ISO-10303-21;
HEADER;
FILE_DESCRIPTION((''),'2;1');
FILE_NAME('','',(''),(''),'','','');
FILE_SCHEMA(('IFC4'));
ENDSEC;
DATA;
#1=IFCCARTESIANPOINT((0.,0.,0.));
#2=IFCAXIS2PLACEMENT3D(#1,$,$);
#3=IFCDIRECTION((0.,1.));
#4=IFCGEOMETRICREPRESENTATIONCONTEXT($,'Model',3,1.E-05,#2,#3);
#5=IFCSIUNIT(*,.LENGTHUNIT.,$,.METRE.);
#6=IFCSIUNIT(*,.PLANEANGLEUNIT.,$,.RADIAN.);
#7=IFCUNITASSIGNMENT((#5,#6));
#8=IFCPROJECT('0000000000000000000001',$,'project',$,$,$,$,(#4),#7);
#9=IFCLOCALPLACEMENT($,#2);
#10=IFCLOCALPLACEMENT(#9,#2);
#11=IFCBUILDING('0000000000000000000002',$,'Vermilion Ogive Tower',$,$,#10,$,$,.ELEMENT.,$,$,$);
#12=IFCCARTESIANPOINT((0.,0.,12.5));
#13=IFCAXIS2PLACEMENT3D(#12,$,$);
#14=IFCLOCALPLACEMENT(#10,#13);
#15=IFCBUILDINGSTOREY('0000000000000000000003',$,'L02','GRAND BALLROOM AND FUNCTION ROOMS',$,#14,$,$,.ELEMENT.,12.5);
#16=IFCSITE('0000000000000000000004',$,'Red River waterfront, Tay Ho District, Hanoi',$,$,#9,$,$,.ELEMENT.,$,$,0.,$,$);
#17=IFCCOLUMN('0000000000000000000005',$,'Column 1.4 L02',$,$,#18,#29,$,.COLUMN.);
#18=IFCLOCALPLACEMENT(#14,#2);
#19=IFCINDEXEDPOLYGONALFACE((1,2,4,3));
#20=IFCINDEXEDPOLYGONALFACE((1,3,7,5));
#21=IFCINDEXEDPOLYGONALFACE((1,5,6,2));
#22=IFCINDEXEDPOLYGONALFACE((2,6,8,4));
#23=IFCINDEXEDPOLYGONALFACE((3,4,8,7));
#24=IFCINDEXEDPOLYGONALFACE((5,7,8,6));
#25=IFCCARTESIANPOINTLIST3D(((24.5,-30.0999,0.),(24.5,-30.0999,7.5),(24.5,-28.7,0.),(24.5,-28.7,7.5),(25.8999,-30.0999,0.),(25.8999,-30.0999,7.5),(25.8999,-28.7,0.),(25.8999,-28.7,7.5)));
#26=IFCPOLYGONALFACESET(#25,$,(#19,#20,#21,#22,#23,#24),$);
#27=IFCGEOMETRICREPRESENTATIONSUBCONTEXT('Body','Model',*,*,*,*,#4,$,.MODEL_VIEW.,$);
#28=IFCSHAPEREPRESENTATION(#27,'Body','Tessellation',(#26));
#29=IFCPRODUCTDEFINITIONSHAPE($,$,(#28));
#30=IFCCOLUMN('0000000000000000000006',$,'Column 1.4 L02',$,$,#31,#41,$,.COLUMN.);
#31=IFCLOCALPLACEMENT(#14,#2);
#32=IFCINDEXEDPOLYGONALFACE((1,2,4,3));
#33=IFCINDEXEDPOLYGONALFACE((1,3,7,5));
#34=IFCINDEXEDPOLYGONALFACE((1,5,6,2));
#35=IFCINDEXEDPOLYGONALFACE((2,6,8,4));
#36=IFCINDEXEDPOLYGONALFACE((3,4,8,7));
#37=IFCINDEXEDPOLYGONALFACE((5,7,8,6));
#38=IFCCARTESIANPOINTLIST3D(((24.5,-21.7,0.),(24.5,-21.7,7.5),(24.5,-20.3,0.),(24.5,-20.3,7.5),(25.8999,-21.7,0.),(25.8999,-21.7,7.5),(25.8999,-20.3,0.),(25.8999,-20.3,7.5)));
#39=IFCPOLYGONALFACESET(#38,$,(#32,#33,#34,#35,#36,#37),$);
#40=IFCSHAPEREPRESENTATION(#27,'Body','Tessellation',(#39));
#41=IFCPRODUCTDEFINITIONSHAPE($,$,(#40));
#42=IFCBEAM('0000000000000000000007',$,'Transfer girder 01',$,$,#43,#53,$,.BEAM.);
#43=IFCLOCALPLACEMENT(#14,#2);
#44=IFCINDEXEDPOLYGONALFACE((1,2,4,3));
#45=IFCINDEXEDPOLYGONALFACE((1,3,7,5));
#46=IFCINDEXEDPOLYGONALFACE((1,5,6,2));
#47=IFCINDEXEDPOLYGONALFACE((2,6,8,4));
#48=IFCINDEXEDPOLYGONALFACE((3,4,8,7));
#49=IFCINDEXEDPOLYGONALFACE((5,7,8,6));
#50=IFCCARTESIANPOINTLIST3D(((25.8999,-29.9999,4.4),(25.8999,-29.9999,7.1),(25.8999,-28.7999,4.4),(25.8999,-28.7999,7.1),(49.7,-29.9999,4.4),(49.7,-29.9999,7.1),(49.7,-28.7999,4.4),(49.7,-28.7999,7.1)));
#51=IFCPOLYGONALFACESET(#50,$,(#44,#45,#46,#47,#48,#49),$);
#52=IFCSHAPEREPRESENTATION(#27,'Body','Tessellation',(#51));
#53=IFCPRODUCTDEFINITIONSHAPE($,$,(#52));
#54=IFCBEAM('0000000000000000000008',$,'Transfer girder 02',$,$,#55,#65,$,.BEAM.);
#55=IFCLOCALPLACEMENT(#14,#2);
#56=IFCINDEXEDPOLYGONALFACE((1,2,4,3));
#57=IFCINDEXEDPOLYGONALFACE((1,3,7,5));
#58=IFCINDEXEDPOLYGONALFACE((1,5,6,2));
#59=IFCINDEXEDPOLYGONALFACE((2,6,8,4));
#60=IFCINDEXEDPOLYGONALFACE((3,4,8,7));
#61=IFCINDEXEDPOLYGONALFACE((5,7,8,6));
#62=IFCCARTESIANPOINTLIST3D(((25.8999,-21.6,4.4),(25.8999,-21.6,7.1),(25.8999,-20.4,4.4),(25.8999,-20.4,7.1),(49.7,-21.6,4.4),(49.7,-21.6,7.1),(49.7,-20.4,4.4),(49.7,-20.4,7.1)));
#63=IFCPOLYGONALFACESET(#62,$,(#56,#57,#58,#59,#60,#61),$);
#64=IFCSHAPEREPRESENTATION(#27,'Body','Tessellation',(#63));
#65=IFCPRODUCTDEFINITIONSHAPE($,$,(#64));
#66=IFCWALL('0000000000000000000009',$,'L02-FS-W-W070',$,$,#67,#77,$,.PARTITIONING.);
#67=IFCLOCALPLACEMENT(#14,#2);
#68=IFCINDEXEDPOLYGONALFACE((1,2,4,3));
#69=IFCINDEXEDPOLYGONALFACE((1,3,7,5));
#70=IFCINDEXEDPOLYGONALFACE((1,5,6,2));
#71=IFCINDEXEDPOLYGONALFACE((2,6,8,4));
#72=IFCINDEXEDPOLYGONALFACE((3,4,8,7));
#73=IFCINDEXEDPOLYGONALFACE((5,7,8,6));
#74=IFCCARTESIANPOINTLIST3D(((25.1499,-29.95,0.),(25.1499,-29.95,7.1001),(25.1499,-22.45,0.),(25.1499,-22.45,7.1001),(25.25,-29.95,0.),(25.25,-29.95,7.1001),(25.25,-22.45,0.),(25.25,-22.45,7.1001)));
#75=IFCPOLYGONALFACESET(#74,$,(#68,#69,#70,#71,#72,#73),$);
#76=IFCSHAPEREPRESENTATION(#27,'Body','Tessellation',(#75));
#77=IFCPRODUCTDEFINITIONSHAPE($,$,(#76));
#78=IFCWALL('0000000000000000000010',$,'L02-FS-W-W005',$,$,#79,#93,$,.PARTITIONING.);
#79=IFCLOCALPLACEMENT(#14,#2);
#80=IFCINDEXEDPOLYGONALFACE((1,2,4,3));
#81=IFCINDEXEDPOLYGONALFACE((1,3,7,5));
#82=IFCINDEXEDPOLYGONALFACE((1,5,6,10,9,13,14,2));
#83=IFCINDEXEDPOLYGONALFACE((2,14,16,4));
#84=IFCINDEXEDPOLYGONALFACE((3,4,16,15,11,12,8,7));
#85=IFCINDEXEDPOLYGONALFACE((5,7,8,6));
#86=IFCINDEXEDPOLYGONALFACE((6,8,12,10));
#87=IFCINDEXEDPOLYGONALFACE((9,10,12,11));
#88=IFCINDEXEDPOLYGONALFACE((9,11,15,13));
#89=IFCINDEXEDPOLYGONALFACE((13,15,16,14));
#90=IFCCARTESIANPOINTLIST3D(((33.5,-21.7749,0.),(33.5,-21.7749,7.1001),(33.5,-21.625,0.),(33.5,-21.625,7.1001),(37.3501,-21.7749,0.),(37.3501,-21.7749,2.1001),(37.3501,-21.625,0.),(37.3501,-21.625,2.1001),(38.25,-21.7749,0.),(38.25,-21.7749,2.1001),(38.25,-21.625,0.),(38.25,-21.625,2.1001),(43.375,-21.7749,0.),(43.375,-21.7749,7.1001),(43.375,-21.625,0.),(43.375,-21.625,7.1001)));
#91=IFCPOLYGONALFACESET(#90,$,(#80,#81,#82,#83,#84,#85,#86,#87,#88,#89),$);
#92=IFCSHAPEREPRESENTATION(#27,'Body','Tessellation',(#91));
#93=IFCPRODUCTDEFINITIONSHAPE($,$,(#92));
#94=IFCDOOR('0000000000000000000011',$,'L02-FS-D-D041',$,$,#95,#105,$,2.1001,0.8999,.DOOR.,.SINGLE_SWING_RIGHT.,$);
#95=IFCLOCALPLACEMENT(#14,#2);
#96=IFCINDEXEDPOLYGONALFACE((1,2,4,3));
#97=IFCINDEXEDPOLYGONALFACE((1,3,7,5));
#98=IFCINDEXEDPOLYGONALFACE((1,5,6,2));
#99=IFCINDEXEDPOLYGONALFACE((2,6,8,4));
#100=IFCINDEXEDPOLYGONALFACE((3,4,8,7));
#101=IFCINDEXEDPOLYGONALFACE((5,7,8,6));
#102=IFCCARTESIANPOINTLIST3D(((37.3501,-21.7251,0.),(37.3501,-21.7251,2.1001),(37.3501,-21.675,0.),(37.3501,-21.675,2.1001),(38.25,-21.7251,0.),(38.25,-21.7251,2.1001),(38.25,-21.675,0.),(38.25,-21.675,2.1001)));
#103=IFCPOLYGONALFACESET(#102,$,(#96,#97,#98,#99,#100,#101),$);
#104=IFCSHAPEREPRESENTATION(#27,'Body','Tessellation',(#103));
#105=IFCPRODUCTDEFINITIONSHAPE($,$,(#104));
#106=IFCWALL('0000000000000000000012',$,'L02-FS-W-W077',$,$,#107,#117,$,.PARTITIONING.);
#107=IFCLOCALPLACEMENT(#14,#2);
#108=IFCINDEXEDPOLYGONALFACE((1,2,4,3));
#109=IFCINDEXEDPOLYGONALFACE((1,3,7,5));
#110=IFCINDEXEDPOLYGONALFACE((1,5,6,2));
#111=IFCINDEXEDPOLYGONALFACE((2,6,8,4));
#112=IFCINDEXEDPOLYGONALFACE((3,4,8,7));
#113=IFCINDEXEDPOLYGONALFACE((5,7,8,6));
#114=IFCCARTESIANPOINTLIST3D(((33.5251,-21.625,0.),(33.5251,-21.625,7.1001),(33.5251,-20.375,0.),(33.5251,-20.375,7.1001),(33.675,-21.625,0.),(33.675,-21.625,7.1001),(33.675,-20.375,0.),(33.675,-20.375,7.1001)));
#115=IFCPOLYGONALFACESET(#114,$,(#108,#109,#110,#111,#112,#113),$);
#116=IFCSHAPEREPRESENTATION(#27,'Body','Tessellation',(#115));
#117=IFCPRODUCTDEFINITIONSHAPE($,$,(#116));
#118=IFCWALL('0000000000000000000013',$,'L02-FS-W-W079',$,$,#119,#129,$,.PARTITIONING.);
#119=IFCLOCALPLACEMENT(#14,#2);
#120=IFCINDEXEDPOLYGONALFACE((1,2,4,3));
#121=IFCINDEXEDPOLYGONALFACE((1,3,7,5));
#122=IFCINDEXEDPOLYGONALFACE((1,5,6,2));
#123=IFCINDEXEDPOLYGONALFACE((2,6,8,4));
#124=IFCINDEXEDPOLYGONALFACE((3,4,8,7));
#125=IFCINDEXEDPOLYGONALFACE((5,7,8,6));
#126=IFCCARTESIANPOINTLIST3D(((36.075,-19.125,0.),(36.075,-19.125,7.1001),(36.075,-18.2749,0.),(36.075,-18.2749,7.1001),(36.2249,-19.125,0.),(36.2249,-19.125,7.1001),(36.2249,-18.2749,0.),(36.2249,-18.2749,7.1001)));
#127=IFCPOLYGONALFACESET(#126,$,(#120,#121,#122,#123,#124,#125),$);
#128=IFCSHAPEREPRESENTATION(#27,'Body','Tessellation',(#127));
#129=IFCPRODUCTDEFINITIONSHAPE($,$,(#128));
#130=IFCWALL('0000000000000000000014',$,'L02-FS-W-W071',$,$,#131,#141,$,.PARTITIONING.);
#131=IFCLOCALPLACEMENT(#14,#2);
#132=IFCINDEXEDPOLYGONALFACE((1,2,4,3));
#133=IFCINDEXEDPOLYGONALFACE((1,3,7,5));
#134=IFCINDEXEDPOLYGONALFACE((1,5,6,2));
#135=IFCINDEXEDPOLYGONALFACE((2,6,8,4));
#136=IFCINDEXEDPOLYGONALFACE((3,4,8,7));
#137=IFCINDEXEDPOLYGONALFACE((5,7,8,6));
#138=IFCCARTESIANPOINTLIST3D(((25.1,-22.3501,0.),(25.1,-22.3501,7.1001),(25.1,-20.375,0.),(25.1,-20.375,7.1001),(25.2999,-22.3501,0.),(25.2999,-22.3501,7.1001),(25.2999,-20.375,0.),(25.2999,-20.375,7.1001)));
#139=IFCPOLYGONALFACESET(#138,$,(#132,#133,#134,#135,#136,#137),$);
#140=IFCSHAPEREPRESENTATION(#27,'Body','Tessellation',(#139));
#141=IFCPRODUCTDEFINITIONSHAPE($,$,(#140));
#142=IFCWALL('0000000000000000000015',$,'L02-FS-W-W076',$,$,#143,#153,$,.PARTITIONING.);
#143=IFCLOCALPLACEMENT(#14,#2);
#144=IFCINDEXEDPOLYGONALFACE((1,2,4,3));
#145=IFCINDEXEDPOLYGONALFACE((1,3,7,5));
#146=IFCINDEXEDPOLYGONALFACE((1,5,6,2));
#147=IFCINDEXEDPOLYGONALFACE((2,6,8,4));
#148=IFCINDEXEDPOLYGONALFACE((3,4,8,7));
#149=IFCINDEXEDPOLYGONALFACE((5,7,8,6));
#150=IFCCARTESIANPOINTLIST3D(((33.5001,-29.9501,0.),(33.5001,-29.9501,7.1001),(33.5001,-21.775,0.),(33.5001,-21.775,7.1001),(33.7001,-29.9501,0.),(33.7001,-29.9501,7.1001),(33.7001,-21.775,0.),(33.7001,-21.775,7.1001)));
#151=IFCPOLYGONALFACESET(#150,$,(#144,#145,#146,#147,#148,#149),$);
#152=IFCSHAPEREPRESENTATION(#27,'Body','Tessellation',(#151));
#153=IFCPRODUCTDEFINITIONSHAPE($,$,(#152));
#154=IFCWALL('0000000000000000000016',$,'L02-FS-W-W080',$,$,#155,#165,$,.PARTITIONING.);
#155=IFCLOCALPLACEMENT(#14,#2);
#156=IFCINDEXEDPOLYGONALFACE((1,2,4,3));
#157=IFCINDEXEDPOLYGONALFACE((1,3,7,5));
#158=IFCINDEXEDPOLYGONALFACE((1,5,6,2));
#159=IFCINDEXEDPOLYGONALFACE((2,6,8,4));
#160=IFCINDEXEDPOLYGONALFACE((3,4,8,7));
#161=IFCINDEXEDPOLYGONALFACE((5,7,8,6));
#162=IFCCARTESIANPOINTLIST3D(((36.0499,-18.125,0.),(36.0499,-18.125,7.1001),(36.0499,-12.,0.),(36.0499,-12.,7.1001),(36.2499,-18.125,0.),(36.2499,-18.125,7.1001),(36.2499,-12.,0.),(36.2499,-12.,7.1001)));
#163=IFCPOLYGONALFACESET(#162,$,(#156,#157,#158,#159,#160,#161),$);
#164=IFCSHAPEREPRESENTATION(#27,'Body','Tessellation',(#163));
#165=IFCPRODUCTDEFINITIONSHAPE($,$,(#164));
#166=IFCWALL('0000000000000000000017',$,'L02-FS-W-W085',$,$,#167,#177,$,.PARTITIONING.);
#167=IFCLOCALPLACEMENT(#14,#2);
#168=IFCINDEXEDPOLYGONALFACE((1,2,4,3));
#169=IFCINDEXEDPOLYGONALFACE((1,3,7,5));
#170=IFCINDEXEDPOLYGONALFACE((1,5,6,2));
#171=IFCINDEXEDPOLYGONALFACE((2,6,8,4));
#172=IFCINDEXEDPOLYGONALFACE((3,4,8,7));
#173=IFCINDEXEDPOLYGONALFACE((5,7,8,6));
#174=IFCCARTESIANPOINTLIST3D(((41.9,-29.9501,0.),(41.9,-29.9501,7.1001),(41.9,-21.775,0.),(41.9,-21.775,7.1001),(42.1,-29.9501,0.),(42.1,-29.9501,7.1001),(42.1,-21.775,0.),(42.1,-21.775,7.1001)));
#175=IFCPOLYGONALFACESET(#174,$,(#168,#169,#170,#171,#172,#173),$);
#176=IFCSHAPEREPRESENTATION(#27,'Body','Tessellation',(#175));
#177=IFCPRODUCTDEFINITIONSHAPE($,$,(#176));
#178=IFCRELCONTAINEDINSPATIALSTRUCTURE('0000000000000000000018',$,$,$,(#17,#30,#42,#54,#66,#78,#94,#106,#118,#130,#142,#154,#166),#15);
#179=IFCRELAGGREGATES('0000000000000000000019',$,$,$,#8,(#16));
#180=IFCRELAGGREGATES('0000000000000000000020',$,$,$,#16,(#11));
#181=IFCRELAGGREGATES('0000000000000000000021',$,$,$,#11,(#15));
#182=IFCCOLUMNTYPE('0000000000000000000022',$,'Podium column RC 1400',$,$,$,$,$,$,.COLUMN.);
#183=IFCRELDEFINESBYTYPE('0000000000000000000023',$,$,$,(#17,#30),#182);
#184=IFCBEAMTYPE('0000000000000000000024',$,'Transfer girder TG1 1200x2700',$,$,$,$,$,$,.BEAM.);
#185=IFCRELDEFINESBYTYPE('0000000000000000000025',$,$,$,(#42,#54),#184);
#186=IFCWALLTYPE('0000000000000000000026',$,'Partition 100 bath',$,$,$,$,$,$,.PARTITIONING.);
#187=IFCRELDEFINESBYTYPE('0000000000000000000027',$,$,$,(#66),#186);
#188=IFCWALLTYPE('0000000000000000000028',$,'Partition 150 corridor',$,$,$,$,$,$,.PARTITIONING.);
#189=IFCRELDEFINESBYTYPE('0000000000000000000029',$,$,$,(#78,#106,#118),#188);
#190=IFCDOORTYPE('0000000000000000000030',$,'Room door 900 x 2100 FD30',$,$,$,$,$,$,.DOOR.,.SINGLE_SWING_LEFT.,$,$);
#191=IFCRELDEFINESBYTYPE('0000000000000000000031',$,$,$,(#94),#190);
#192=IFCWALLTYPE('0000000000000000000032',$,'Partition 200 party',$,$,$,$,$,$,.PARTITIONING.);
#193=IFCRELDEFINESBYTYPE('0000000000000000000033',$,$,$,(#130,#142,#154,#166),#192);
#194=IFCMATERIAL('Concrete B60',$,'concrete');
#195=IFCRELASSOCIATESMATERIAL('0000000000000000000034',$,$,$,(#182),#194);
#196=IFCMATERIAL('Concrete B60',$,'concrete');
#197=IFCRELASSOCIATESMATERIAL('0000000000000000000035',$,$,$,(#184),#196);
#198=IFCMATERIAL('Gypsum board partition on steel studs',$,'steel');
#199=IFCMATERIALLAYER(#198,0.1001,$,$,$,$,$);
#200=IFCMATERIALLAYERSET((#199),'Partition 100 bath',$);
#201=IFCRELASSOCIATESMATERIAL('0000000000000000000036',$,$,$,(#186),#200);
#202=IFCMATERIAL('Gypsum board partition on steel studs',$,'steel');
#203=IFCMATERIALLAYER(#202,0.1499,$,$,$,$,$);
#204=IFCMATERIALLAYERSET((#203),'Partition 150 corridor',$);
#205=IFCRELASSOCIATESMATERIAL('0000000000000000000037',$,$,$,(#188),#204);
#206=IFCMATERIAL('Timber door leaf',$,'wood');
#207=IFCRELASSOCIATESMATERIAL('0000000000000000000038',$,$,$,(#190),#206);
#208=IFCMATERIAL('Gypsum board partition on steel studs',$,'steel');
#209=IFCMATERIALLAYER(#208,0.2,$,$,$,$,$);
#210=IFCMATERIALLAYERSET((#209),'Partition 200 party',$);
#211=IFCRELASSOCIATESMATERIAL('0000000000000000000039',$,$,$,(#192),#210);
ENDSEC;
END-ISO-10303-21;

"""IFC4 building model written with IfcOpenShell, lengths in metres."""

from ifc_helpers import new_model, si_unit, direction, frame, frame_2d, origin, origin_2d, place, context, subcontext, project, spatial, rectangle, extrude, material, layer, layer_set, material_profile, profile_set, type_object, element, fill, save


model = new_model("IFC4")

# Units and contexts
model_context = context("Model", 3, precision=1e-05, world=origin(), true_north=direction((0.0, 1.0)))
body_context = subcontext(model_context, "Body", "Model", "MODEL_VIEW")
ifc_project = project(units=[si_unit("LENGTHUNIT", "METRE"), si_unit("PLANEANGLEUNIT", "RADIAN")], contexts=[model_context])

# Site, building, storey
site_placement = place(None, origin())
site = spatial("IfcSite", under=ifc_project, at=site_placement, Name="Red River waterfront, Tay Ho District, Hanoi", CompositionType="ELEMENT", RefElevation=0.0)
building_placement = place(site_placement, origin())
building = spatial("IfcBuilding", under=site, at=building_placement, Name="Vermilion Ogive Tower", CompositionType="ELEMENT")
storey_placement = place(building_placement, frame((0.0, 0.0, 12.5)))
storey = spatial("IfcBuildingStorey", under=building, at=storey_placement, Name="L02", Description="GRAND BALLROOM AND FUNCTION ROOMS", CompositionType="ELEMENT", Elevation=12.5)

# Columns
ifc_material_1 = material(Name="Concrete B60", Category="concrete")
ifc_material_profile_1 = material_profile(ifc_material_1, rectangle(XDim=1.3999, YDim=1.3999, at=origin_2d()), Name="RC 1400x1400")
ifc_profile_set_1 = profile_set([ifc_material_profile_1], Name="Concrete B60")
column_type = type_object("IfcColumnType", Name="Podium column RC 1400", PredefinedType="COLUMN", material=ifc_profile_set_1)
for number, where, z_axis, x_axis, name in (
    (1, (25.2, -29.3999, 0.0), (0.0, 0.0, 1.0), (1.0, 0.0, 0.0), "Column 1.4 L02"),
    (2, (25.2, -21.0, 0.0), (0.0, 0.0, 1.0), (1.0, 0.0, 0.0), "Column 1.4 L02"),
):
    element("IfcColumn", number, at=place(storey_placement, frame(where, z_axis=z_axis, x_axis=x_axis)), inside=storey, type_object=column_type, Name=name, PredefinedType="COLUMN", context=body_context, shape_type="SweptSolid", body=[
        extrude(rectangle(XDim=1.3999, YDim=1.3999, at=origin_2d()), origin(), (0.0, 0.0, 1.0), 7.5),
    ])

# Beams
ifc_material_2 = material(Name="Concrete B60", Category="concrete")
ifc_material_profile_2 = material_profile(ifc_material_2, rectangle(XDim=1.2, YDim=2.7, at=origin_2d()), Name="RC 1200x2700")
ifc_profile_set_2 = profile_set([ifc_material_profile_2], Name="Concrete B60")
beam_type = type_object("IfcBeamType", Name="Transfer girder TG1 1200x2700", PredefinedType="BEAM", material=ifc_profile_set_2)
for number, where, z_axis, x_axis, name in (
    (3, (25.8999, -29.3999, 5.75), (1.0, 0.0, 0.0), (0.0, 1.0, 0.0), "Transfer girder 01"),
    (4, (25.8999, -21.0, 5.75), (1.0, 0.0, 0.0), (0.0, 1.0, 0.0), "Transfer girder 02"),
):
    element("IfcBeam", number, at=place(storey_placement, frame(where, z_axis=z_axis, x_axis=x_axis)), inside=storey, type_object=beam_type, Name=name, PredefinedType="BEAM", context=body_context, shape_type="SweptSolid", body=[
        extrude(rectangle(XDim=1.2, YDim=2.7, at=origin_2d()), origin(), (0.0, 0.0, 1.0), 23.8),
    ])

# Wall
ifc_material_3 = material(Name="Gypsum board partition on steel studs", Category="steel")
ifc_layer_1 = layer(ifc_material_3, 0.1001)
ifc_layer_set_1 = layer_set([ifc_layer_1], Name="Partition 100 bath")
wall_type_1 = type_object("IfcWallType", Name="Partition 100 bath", PredefinedType="PARTITIONING", material=ifc_layer_set_1)
wall_1_placement = place(storey_placement, frame((25.2, -29.95, 0.0), z_axis=(0.0, 0.0, 1.0), x_axis=(0.0, 1.0, 0.0)))
element("IfcWall", 5, at=wall_1_placement, inside=storey, type_object=wall_type_1, Name="L02-FS-W-W070", PredefinedType="PARTITIONING", context=body_context, shape_type="SweptSolid", body=[
    extrude(rectangle(XDim=7.5, YDim=0.1001, at=frame_2d((3.75, 0.0))), origin(), (0.0, 0.0, 1.0), 7.1001),
])

# Wall, opening, door
ifc_material_4 = material(Name="Gypsum board partition on steel studs", Category="steel")
ifc_layer_2 = layer(ifc_material_4, 0.1499)
ifc_layer_set_2 = layer_set([ifc_layer_2], Name="Partition 150 corridor")
wall_type_2 = type_object("IfcWallType", Name="Partition 150 corridor", PredefinedType="PARTITIONING", material=ifc_layer_set_2)
wall_2_placement = place(storey_placement, frame((33.5, -21.7, 0.0), z_axis=(0.0, 0.0, 1.0), x_axis=(1.0, 0.0, 0.0)))
wall_2 = element("IfcWall", 6, at=wall_2_placement, inside=storey, type_object=wall_type_2, Name="L02-FS-W-W005", PredefinedType="PARTITIONING", context=body_context, shape_type="SweptSolid", body=[
    extrude(rectangle(XDim=9.875, YDim=0.1499, at=frame_2d((4.9375, 0.0))), origin(), (0.0, 0.0, 1.0), 7.1001),
])
opening_1_placement = place(wall_2_placement, frame((3.8501, 0.0, 0.0)))
opening_1 = element("IfcOpeningElement", 7, at=opening_1_placement, cuts=wall_2, PredefinedType="OPENING", context=body_context, shape_type="SweptSolid", body=[
    extrude(rectangle(XDim=0.8999, YDim=2.1001, at=frame_2d((0.45, 1.05))), frame((0.0, 0.085, 0.0), z_axis=(0.0, -1.0, 0.0), x_axis=(1.0, 0.0, 0.0)), (0.0, 0.0, 1.0), 0.1699),
])
ifc_material_5 = material(Name="Timber door leaf", Category="wood")
door_type_1 = type_object("IfcDoorType", Name="Room door 900 x 2100 FD30", OperationType="SINGLE_SWING_LEFT", PredefinedType="DOOR", material=ifc_material_5)
door_1_placement = place(opening_1_placement, origin())
door_1 = element("IfcDoor", 8, at=door_1_placement, inside=storey, type_object=door_type_1, Name="L02-FS-D-D041", OperationType="SINGLE_SWING_RIGHT", OverallHeight=2.1001, OverallWidth=0.8999, PredefinedType="DOOR", context=body_context, shape_type="SweptSolid", body=[
    extrude(rectangle(XDim=0.8999, YDim=2.1001, at=frame_2d((0.45, 1.05))), frame((0.0, 0.0249, 0.0), z_axis=(0.0, -1.0, 0.0), x_axis=(1.0, 0.0, 0.0)), (0.0, 0.0, 1.0), 0.05),
])
fill(opening_1, door_1)

# Walls
wall_3_placement = place(storey_placement, frame((33.6001, -21.625, 0.0), z_axis=(0.0, 0.0, 1.0), x_axis=(0.0, 1.0, 0.0)))
element("IfcWall", 9, at=wall_3_placement, inside=storey, type_object=wall_type_2, Name="L02-FS-W-W077", PredefinedType="PARTITIONING", context=body_context, shape_type="SweptSolid", body=[
    extrude(rectangle(XDim=1.25, YDim=0.1499, at=frame_2d((0.625, 0.0))), origin(), (0.0, 0.0, 1.0), 7.1001),
])
wall_4_placement = place(storey_placement, frame((36.1499, -19.125, 0.0), z_axis=(0.0, 0.0, 1.0), x_axis=(0.0, 1.0, 0.0)))
element("IfcWall", 10, at=wall_4_placement, inside=storey, type_object=wall_type_2, Name="L02-FS-W-W079", PredefinedType="PARTITIONING", context=body_context, shape_type="SweptSolid", body=[
    extrude(rectangle(XDim=0.8501, YDim=0.1499, at=frame_2d((0.425, 0.0))), origin(), (0.0, 0.0, 1.0), 7.1001),
])
ifc_material_6 = material(Name="Gypsum board partition on steel studs", Category="steel")
ifc_layer_3 = layer(ifc_material_6, 0.2)
ifc_layer_set_3 = layer_set([ifc_layer_3], Name="Partition 200 party")
wall_type_3 = type_object("IfcWallType", Name="Partition 200 party", PredefinedType="PARTITIONING", material=ifc_layer_set_3)
wall_5_placement = place(storey_placement, frame((25.2, -22.3501, 0.0), z_axis=(0.0, 0.0, 1.0), x_axis=(0.0, 1.0, 0.0)))
element("IfcWall", 11, at=wall_5_placement, inside=storey, type_object=wall_type_3, Name="L02-FS-W-W071", PredefinedType="PARTITIONING", context=body_context, shape_type="SweptSolid", body=[
    extrude(rectangle(XDim=1.9751, YDim=0.2, at=frame_2d((0.9875, 0.0))), origin(), (0.0, 0.0, 1.0), 7.1001),
])
wall_6_placement = place(storey_placement, frame((33.6001, -29.95, 0.0), z_axis=(0.0, 0.0, 1.0), x_axis=(0.0, 1.0, 0.0)))
element("IfcWall", 12, at=wall_6_placement, inside=storey, type_object=wall_type_3, Name="L02-FS-W-W076", PredefinedType="PARTITIONING", context=body_context, shape_type="SweptSolid", body=[
    extrude(rectangle(XDim=8.175, YDim=0.2, at=frame_2d((4.0874, 0.0))), origin(), (0.0, 0.0, 1.0), 7.1001),
])
wall_7_placement = place(storey_placement, frame((36.1499, -18.125, 0.0), z_axis=(0.0, 0.0, 1.0), x_axis=(0.0, 1.0, 0.0)))
element("IfcWall", 13, at=wall_7_placement, inside=storey, type_object=wall_type_3, Name="L02-FS-W-W080", PredefinedType="PARTITIONING", context=body_context, shape_type="SweptSolid", body=[
    extrude(rectangle(XDim=6.125, YDim=0.2, at=frame_2d((3.0625, 0.0))), origin(), (0.0, 0.0, 1.0), 7.1001),
])
wall_8_placement = place(storey_placement, frame((42.0, -29.95, 0.0), z_axis=(0.0, 0.0, 1.0), x_axis=(0.0, 1.0, 0.0)))
element("IfcWall", 14, at=wall_8_placement, inside=storey, type_object=wall_type_3, Name="L02-FS-W-W085", PredefinedType="PARTITIONING", context=body_context, shape_type="SweptSolid", body=[
    extrude(rectangle(XDim=8.175, YDim=0.2, at=frame_2d((4.0874, 0.0))), origin(), (0.0, 0.0, 1.0), 7.1001),
])

save(model, "model.ifc")
